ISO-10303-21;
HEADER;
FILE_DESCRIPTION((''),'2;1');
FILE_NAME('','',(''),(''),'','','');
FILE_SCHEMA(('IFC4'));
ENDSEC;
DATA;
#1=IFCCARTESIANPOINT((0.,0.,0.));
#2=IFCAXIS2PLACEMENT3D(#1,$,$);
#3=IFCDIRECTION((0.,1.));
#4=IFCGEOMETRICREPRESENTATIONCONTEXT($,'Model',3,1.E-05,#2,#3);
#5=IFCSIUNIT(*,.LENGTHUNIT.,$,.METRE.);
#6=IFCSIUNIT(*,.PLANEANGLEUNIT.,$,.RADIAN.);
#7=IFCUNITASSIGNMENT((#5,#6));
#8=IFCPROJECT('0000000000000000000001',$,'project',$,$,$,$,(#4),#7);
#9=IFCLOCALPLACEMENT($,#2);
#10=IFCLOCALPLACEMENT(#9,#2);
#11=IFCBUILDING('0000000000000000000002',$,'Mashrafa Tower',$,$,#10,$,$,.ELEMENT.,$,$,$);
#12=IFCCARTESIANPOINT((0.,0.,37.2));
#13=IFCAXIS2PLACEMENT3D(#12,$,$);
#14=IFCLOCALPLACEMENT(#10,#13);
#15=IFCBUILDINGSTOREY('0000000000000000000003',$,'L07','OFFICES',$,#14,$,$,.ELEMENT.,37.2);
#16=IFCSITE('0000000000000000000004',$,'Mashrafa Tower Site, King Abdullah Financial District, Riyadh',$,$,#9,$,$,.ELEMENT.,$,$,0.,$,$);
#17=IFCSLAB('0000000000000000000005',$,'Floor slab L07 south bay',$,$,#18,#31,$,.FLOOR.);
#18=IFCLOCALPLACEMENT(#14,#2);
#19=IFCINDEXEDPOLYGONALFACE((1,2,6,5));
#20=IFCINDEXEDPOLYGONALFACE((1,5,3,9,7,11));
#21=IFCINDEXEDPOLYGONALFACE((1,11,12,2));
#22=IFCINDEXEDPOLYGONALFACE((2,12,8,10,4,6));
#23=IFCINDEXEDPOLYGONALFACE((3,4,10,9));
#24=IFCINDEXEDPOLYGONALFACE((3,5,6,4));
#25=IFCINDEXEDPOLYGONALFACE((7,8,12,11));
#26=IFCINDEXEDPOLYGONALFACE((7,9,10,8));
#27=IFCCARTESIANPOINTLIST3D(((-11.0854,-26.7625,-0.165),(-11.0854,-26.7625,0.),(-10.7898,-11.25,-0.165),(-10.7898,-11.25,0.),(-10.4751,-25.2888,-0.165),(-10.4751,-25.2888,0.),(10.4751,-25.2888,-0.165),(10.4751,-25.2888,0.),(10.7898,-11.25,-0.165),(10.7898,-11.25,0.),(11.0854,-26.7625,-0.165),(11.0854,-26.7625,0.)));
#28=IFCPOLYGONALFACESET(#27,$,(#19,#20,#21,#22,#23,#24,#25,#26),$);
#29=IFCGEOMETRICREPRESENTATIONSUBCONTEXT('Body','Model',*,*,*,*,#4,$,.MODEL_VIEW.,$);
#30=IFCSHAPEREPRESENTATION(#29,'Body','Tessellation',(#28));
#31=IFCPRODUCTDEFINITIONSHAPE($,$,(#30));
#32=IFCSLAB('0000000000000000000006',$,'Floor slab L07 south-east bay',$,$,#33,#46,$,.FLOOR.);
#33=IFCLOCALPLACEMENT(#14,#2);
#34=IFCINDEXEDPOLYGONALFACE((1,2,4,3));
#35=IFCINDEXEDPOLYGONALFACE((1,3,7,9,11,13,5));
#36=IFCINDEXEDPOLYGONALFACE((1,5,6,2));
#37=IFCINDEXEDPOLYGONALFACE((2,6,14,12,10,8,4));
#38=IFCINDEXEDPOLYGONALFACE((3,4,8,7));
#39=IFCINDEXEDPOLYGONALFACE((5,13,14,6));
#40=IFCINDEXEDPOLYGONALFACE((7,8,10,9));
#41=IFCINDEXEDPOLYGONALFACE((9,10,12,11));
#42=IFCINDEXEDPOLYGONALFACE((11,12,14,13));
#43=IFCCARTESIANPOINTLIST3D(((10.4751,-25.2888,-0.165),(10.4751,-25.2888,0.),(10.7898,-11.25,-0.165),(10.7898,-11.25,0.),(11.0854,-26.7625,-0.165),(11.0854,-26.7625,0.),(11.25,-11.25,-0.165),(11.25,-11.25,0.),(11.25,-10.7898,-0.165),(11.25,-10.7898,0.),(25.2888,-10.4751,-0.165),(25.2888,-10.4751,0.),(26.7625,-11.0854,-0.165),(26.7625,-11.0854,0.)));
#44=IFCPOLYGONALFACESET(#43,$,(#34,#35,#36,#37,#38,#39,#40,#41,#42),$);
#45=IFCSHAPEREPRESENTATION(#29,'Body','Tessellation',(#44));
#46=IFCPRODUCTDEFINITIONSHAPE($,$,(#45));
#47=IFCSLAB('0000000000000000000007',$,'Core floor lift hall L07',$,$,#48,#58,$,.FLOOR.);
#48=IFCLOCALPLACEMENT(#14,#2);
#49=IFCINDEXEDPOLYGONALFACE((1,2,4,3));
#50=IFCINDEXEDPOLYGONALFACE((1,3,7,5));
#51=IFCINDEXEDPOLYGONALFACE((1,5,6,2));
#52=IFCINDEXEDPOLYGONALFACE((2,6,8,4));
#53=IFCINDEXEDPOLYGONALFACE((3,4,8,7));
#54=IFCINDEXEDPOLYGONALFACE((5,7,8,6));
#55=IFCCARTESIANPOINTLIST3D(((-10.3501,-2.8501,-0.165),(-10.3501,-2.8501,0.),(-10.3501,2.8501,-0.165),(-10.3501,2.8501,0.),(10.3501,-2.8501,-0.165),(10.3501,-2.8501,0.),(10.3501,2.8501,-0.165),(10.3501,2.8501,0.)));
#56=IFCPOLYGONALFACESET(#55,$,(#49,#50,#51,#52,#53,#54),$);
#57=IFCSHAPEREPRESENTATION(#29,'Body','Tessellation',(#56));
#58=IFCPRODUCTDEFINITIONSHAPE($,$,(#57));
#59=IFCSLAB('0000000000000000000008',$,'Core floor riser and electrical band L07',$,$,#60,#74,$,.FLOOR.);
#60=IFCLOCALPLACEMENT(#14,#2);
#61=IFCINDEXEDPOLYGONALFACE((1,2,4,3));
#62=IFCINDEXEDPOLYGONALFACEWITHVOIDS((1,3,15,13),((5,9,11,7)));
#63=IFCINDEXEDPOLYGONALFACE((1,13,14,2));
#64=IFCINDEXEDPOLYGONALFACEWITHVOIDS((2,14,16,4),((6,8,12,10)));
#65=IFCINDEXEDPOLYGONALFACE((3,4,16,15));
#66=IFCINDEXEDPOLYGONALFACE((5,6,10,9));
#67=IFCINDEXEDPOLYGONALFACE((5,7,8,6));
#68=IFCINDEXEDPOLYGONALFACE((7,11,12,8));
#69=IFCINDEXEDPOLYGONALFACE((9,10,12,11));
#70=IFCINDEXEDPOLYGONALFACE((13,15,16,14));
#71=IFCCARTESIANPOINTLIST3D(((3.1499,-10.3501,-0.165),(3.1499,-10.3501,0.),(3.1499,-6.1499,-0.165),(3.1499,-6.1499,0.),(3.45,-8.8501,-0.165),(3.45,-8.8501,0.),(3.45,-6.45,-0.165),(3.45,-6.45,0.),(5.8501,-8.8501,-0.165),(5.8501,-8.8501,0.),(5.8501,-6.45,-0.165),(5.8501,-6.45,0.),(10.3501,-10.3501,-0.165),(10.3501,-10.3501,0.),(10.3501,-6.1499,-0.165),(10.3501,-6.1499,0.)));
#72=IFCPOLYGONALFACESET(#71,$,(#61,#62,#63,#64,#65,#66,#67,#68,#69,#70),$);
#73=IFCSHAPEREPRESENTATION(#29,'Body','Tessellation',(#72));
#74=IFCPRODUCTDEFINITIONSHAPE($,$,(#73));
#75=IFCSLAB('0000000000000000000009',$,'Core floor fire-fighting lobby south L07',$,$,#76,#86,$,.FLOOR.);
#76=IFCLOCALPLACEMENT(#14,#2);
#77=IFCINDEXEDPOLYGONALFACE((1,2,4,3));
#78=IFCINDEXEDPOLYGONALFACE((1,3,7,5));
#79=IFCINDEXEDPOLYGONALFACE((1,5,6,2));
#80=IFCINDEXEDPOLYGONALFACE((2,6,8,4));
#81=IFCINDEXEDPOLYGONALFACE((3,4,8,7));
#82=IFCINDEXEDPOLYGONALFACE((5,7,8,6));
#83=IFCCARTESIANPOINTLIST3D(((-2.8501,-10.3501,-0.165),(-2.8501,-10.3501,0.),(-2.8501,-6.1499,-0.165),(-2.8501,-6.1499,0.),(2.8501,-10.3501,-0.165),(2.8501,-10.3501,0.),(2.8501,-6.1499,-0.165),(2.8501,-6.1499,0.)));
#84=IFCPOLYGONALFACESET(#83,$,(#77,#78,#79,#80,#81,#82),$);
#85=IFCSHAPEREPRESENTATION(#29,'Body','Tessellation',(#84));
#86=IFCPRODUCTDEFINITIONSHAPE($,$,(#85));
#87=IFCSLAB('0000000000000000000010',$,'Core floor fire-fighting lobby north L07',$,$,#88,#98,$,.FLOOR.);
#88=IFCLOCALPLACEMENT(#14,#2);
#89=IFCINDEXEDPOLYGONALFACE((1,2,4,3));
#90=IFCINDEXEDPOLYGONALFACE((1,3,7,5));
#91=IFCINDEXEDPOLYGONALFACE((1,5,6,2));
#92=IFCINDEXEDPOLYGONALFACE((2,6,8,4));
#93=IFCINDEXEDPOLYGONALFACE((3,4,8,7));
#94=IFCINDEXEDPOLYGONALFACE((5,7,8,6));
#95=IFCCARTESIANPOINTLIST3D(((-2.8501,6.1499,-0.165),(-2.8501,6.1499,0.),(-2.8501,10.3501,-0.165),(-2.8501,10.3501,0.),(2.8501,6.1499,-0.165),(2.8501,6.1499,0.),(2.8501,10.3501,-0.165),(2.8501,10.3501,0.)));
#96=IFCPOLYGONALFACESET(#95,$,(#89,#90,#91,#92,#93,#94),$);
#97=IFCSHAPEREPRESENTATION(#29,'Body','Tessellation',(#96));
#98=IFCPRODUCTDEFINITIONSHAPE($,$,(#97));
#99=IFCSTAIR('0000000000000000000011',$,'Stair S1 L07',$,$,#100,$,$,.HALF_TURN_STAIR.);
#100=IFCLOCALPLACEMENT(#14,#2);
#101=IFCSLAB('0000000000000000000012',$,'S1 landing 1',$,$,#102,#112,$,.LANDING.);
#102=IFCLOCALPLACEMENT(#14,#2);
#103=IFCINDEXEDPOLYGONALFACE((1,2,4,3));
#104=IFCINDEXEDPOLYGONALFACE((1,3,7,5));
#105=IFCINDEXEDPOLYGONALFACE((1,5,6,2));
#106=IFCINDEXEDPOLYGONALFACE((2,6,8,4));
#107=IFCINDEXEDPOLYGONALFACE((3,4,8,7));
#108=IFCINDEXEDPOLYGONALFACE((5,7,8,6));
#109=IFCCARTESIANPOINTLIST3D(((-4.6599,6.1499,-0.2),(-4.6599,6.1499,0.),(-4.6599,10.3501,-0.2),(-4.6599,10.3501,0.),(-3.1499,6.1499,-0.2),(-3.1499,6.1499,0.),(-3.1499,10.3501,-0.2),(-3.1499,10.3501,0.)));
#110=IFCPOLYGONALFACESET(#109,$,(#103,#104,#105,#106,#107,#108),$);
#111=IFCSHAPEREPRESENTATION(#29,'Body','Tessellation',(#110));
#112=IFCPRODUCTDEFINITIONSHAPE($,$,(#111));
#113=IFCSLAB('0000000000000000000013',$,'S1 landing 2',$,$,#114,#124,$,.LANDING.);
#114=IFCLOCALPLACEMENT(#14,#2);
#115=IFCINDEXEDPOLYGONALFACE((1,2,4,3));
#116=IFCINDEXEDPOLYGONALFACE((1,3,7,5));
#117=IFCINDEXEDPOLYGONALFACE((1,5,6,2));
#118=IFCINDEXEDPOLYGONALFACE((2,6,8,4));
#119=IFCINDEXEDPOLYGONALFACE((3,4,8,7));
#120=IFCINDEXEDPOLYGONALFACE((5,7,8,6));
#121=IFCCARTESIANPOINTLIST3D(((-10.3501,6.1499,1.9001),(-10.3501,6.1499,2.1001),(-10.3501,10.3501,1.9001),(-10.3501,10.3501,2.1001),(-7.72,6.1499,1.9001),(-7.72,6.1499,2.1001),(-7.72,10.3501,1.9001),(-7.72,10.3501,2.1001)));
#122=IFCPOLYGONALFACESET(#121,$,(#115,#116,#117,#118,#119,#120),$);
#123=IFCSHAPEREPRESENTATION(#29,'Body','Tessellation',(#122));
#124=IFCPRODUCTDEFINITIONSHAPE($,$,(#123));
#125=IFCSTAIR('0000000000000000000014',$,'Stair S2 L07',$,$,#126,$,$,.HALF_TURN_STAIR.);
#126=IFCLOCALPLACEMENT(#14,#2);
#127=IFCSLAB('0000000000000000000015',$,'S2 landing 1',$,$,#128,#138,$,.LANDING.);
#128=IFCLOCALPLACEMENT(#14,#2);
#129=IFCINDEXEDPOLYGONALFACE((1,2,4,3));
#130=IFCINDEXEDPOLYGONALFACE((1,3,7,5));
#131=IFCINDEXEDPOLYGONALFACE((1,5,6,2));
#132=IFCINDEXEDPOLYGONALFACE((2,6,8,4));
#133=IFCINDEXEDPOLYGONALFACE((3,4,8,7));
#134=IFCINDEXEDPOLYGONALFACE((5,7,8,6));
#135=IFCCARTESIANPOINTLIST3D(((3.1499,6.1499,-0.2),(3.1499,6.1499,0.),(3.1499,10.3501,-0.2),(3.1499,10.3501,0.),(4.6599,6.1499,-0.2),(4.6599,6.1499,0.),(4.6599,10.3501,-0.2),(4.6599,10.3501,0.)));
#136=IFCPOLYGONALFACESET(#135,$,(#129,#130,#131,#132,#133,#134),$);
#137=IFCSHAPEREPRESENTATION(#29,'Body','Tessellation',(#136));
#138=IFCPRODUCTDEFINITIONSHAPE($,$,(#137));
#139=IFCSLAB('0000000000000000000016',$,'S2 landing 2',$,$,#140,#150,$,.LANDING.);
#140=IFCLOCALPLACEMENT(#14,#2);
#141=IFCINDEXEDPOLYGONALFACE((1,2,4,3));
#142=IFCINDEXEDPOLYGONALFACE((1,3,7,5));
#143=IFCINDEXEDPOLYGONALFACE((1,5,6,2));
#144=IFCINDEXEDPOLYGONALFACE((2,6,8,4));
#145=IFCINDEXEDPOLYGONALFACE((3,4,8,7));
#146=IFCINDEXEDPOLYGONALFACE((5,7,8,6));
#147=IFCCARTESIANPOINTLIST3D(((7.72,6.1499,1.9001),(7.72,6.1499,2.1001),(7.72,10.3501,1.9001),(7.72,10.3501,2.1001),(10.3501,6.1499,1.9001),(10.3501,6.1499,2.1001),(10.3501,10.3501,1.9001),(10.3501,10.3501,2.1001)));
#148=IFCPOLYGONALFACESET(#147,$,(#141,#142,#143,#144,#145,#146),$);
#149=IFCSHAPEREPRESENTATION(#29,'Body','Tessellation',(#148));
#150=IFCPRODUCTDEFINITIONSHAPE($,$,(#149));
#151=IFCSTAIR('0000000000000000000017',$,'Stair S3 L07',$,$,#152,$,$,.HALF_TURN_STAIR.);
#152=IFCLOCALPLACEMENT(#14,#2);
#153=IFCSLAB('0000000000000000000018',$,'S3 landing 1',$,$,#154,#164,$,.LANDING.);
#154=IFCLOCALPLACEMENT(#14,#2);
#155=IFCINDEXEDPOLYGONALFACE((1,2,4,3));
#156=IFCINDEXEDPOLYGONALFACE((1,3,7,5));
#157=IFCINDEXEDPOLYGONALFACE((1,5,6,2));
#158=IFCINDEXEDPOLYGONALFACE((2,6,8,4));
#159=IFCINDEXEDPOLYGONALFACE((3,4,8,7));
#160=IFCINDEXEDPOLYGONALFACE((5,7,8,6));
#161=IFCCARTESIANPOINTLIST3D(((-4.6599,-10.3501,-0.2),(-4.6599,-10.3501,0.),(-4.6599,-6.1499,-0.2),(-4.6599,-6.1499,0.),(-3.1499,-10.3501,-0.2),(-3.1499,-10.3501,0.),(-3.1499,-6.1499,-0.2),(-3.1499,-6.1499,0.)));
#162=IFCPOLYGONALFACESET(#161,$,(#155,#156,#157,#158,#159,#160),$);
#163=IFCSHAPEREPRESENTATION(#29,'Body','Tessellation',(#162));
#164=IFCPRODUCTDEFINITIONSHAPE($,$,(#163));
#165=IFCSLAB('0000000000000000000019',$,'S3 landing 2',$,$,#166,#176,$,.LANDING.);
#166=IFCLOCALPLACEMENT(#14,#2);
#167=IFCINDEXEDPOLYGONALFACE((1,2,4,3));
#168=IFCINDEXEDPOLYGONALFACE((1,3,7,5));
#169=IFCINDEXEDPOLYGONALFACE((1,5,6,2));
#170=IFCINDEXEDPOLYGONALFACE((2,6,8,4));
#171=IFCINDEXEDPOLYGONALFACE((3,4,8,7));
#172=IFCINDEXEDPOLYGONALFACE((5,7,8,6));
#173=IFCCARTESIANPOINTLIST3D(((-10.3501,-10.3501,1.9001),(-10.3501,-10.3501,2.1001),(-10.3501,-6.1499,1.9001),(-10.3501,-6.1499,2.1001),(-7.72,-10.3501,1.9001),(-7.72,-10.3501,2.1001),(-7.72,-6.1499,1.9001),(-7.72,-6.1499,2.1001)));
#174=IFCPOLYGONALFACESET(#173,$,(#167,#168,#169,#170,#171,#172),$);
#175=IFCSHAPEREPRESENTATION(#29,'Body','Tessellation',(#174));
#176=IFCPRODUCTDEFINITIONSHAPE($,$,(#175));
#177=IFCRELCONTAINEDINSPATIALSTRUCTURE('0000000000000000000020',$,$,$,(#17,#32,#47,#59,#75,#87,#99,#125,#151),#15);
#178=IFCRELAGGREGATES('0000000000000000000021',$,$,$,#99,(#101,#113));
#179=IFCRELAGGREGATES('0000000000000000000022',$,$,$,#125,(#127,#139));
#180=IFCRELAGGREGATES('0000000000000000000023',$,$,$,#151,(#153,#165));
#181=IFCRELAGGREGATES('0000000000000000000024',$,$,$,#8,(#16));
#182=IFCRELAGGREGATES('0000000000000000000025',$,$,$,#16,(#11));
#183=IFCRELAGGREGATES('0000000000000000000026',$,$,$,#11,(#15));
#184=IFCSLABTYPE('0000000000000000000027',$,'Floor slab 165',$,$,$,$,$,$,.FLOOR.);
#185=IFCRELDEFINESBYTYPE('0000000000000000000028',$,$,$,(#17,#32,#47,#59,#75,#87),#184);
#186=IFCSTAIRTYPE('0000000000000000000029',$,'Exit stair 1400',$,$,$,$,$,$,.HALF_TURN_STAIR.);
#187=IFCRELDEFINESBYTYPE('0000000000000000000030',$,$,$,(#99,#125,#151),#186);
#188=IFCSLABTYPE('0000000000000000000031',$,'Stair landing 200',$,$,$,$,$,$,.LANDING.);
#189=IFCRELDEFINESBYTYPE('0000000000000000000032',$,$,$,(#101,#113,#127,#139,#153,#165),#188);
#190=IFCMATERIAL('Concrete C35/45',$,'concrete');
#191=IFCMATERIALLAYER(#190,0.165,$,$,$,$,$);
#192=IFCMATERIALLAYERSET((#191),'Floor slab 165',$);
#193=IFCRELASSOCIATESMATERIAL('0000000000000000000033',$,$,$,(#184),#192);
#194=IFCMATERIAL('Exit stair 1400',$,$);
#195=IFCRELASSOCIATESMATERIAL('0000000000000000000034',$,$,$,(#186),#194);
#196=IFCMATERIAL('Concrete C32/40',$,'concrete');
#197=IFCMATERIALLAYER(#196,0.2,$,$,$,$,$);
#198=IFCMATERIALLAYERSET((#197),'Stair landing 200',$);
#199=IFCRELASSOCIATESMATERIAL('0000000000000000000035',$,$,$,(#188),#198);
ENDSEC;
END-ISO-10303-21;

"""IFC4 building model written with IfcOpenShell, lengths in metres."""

from ifc_helpers import new_model, si_unit, direction, frame, origin, place, context, subcontext, project, spatial, polyline, outline, extrude, material, layer, layer_set, type_object, element, aggregate, save


model = new_model("IFC4")

# Units and contexts
model_context = context("Model", 3, precision=1e-05, world=origin(), true_north=direction((0.0, 1.0)))
body_context = subcontext(model_context, "Body", "Model", "MODEL_VIEW")
ifc_project = project(units=[si_unit("LENGTHUNIT", "METRE"), si_unit("PLANEANGLEUNIT", "RADIAN")], contexts=[model_context])

# Site, building, storey
site_placement = place(None, origin())
site = spatial("IfcSite", under=ifc_project, at=site_placement, Name="Mashrafa Tower Site, King Abdullah Financial District, Riyadh", CompositionType="ELEMENT", RefElevation=0.0)
building_placement = place(site_placement, origin())
building = spatial("IfcBuilding", under=site, at=building_placement, Name="Mashrafa Tower", CompositionType="ELEMENT")
storey_placement = place(building_placement, frame((0.0, 0.0, 37.2)))
storey = spatial("IfcBuildingStorey", under=building, at=storey_placement, Name="L07", Description="OFFICES", CompositionType="ELEMENT", Elevation=37.2)

# Slabs
ifc_material_1 = material(Name="Concrete C35/45", Category="concrete")
ifc_layer_1 = layer(ifc_material_1, 0.165)
ifc_layer_set_1 = layer_set([ifc_layer_1], Name="Floor slab 165")
slab_type_1 = type_object("IfcSlabType", Name="Floor slab 165", PredefinedType="FLOOR", material=ifc_layer_set_1)
slab_1_placement = place(storey_placement, frame((0.0, 0.0, -0.165)))
element("IfcSlab", 1, at=slab_1_placement, inside=storey, type_object=slab_type_1, Name="Floor slab L07 south bay", PredefinedType="FLOOR", context=body_context, shape_type="SweptSolid", body=[
    extrude(outline(polyline([(-11.0854, -26.7625), (-11.0854, -26.7625), (-10.4751, -25.2888), (-10.7898, -11.25), (10.7898, -11.25), (10.4751, -25.2888), (11.0854, -26.7625), (11.0854, -26.7625), (-11.0854, -26.7625)])), origin(), (0.0, 0.0, 1.0), 0.165),
])
slab_2_placement = place(storey_placement, frame((0.0, 0.0, -0.165)))
element("IfcSlab", 2, at=slab_2_placement, inside=storey, type_object=slab_type_1, Name="Floor slab L07 south-east bay", PredefinedType="FLOOR", context=body_context, shape_type="SweptSolid", body=[
    extrude(outline(polyline([(11.0854, -26.7625), (10.4751, -25.2888), (10.7898, -11.25), (11.25, -11.25), (11.25, -10.7898), (25.2888, -10.4751), (26.7625, -11.0854), (11.0854, -26.7625)])), origin(), (0.0, 0.0, 1.0), 0.165),
])
slab_3_placement = place(storey_placement, frame((0.0, 0.0, -0.165)))
element("IfcSlab", 3, at=slab_3_placement, inside=storey, type_object=slab_type_1, Name="Core floor lift hall L07", PredefinedType="FLOOR", context=body_context, shape_type="SweptSolid", body=[
    extrude(outline(polyline([(-10.3501, 2.8501), (10.3501, 2.8501), (10.3501, -2.8501), (-10.3501, -2.8501), (-10.3501, 2.8501)])), origin(), (0.0, 0.0, 1.0), 0.165),
])
slab_4_placement = place(storey_placement, frame((0.0, 0.0, -0.165)))
element("IfcSlab", 4, at=slab_4_placement, inside=storey, type_object=slab_type_1, Name="Core floor riser and electrical band L07", PredefinedType="FLOOR", context=body_context, shape_type="SweptSolid", body=[
    extrude(outline(polyline([(10.3501, -6.1499), (10.3501, -10.3501), (3.1499, -10.3501), (3.1499, -6.1499), (10.3501, -6.1499)]), holes=[polyline([(3.45, -8.8501), (5.8501, -8.8501), (5.8501, -6.45), (3.45, -6.45), (3.45, -8.8501)])]), origin(), (0.0, 0.0, 1.0), 0.165),
])
slab_5_placement = place(storey_placement, frame((0.0, 0.0, -0.165)))
element("IfcSlab", 5, at=slab_5_placement, inside=storey, type_object=slab_type_1, Name="Core floor fire-fighting lobby south L07", PredefinedType="FLOOR", context=body_context, shape_type="SweptSolid", body=[
    extrude(outline(polyline([(2.8501, -6.1499), (2.8501, -10.3501), (-2.8501, -10.3501), (-2.8501, -6.1499), (2.8501, -6.1499)])), origin(), (0.0, 0.0, 1.0), 0.165),
])
slab_6_placement = place(storey_placement, frame((0.0, 0.0, -0.165)))
element("IfcSlab", 6, at=slab_6_placement, inside=storey, type_object=slab_type_1, Name="Core floor fire-fighting lobby north L07", PredefinedType="FLOOR", context=body_context, shape_type="SweptSolid", body=[
    extrude(outline(polyline([(-2.8501, 10.3501), (2.8501, 10.3501), (2.8501, 6.1499), (-2.8501, 6.1499), (-2.8501, 10.3501)])), origin(), (0.0, 0.0, 1.0), 0.165),
])

# Stairs, slabs
ifc_material_2 = material(Name="Exit stair 1400")
stair_type = type_object("IfcStairType", Name="Exit stair 1400", PredefinedType="HALF_TURN_STAIR", material=ifc_material_2)
stair_1_placement = place(storey_placement, origin())
stair_1 = element("IfcStair", 7, at=stair_1_placement, inside=storey, type_object=stair_type, Name="Stair S1 L07", PredefinedType="HALF_TURN_STAIR")
ifc_material_3 = material(Name="Concrete C32/40", Category="concrete")
ifc_layer_2 = layer(ifc_material_3, 0.2)
ifc_layer_set_2 = layer_set([ifc_layer_2], Name="Stair landing 200")
slab_type_2 = type_object("IfcSlabType", Name="Stair landing 200", PredefinedType="LANDING", material=ifc_layer_set_2)
slab_7_placement = place(storey_placement, frame((0.0, 0.0, -0.2)))
slab_7 = element("IfcSlab", 8, at=slab_7_placement, type_object=slab_type_2, Name="S1 landing 1", PredefinedType="LANDING", context=body_context, shape_type="SweptSolid", body=[
    extrude(outline(polyline([(-4.6599, 6.1499), (-3.1499, 6.1499), (-3.1499, 10.3501), (-4.6599, 10.3501), (-4.6599, 6.1499)])), origin(), (0.0, 0.0, 1.0), 0.2),
])
slab_8_placement = place(storey_placement, frame((0.0, 0.0, 1.9001)))
slab_8 = element("IfcSlab", 9, at=slab_8_placement, type_object=slab_type_2, Name="S1 landing 2", PredefinedType="LANDING", context=body_context, shape_type="SweptSolid", body=[
    extrude(outline(polyline([(-10.3501, 6.1499), (-7.72, 6.1499), (-7.72, 10.3501), (-10.3501, 10.3501), (-10.3501, 6.1499)])), origin(), (0.0, 0.0, 1.0), 0.2),
])
aggregate(stair_1, [slab_7, slab_8])
stair_2_placement = place(storey_placement, origin())
stair_2 = element("IfcStair", 10, at=stair_2_placement, inside=storey, type_object=stair_type, Name="Stair S2 L07", PredefinedType="HALF_TURN_STAIR")
slab_9_placement = place(storey_placement, frame((0.0, 0.0, -0.2)))
slab_9 = element("IfcSlab", 11, at=slab_9_placement, type_object=slab_type_2, Name="S2 landing 1", PredefinedType="LANDING", context=body_context, shape_type="SweptSolid", body=[
    extrude(outline(polyline([(3.1499, 6.1499), (4.6599, 6.1499), (4.6599, 10.3501), (3.1499, 10.3501), (3.1499, 6.1499)])), origin(), (0.0, 0.0, 1.0), 0.2),
])
slab_10_placement = place(storey_placement, frame((0.0, 0.0, 1.9001)))
slab_10 = element("IfcSlab", 12, at=slab_10_placement, type_object=slab_type_2, Name="S2 landing 2", PredefinedType="LANDING", context=body_context, shape_type="SweptSolid", body=[
    extrude(outline(polyline([(7.72, 6.1499), (10.3501, 6.1499), (10.3501, 10.3501), (7.72, 10.3501), (7.72, 6.1499)])), origin(), (0.0, 0.0, 1.0), 0.2),
])
aggregate(stair_2, [slab_9, slab_10])
stair_3_placement = place(storey_placement, origin())
stair_3 = element("IfcStair", 13, at=stair_3_placement, inside=storey, type_object=stair_type, Name="Stair S3 L07", PredefinedType="HALF_TURN_STAIR")
slab_11_placement = place(storey_placement, frame((0.0, 0.0, -0.2)))
slab_11 = element("IfcSlab", 14, at=slab_11_placement, type_object=slab_type_2, Name="S3 landing 1", PredefinedType="LANDING", context=body_context, shape_type="SweptSolid", body=[
    extrude(outline(polyline([(-4.6599, -10.3501), (-3.1499, -10.3501), (-3.1499, -6.1499), (-4.6599, -6.1499), (-4.6599, -10.3501)])), origin(), (0.0, 0.0, 1.0), 0.2),
])
slab_12_placement = place(storey_placement, frame((0.0, 0.0, 1.9001)))
slab_12 = element("IfcSlab", 15, at=slab_12_placement, type_object=slab_type_2, Name="S3 landing 2", PredefinedType="LANDING", context=body_context, shape_type="SweptSolid", body=[
    extrude(outline(polyline([(-10.3501, -10.3501), (-7.72, -10.3501), (-7.72, -6.1499), (-10.3501, -6.1499), (-10.3501, -10.3501)])), origin(), (0.0, 0.0, 1.0), 0.2),
])
aggregate(stair_3, [slab_11, slab_12])

save(model, "model.ifc")
